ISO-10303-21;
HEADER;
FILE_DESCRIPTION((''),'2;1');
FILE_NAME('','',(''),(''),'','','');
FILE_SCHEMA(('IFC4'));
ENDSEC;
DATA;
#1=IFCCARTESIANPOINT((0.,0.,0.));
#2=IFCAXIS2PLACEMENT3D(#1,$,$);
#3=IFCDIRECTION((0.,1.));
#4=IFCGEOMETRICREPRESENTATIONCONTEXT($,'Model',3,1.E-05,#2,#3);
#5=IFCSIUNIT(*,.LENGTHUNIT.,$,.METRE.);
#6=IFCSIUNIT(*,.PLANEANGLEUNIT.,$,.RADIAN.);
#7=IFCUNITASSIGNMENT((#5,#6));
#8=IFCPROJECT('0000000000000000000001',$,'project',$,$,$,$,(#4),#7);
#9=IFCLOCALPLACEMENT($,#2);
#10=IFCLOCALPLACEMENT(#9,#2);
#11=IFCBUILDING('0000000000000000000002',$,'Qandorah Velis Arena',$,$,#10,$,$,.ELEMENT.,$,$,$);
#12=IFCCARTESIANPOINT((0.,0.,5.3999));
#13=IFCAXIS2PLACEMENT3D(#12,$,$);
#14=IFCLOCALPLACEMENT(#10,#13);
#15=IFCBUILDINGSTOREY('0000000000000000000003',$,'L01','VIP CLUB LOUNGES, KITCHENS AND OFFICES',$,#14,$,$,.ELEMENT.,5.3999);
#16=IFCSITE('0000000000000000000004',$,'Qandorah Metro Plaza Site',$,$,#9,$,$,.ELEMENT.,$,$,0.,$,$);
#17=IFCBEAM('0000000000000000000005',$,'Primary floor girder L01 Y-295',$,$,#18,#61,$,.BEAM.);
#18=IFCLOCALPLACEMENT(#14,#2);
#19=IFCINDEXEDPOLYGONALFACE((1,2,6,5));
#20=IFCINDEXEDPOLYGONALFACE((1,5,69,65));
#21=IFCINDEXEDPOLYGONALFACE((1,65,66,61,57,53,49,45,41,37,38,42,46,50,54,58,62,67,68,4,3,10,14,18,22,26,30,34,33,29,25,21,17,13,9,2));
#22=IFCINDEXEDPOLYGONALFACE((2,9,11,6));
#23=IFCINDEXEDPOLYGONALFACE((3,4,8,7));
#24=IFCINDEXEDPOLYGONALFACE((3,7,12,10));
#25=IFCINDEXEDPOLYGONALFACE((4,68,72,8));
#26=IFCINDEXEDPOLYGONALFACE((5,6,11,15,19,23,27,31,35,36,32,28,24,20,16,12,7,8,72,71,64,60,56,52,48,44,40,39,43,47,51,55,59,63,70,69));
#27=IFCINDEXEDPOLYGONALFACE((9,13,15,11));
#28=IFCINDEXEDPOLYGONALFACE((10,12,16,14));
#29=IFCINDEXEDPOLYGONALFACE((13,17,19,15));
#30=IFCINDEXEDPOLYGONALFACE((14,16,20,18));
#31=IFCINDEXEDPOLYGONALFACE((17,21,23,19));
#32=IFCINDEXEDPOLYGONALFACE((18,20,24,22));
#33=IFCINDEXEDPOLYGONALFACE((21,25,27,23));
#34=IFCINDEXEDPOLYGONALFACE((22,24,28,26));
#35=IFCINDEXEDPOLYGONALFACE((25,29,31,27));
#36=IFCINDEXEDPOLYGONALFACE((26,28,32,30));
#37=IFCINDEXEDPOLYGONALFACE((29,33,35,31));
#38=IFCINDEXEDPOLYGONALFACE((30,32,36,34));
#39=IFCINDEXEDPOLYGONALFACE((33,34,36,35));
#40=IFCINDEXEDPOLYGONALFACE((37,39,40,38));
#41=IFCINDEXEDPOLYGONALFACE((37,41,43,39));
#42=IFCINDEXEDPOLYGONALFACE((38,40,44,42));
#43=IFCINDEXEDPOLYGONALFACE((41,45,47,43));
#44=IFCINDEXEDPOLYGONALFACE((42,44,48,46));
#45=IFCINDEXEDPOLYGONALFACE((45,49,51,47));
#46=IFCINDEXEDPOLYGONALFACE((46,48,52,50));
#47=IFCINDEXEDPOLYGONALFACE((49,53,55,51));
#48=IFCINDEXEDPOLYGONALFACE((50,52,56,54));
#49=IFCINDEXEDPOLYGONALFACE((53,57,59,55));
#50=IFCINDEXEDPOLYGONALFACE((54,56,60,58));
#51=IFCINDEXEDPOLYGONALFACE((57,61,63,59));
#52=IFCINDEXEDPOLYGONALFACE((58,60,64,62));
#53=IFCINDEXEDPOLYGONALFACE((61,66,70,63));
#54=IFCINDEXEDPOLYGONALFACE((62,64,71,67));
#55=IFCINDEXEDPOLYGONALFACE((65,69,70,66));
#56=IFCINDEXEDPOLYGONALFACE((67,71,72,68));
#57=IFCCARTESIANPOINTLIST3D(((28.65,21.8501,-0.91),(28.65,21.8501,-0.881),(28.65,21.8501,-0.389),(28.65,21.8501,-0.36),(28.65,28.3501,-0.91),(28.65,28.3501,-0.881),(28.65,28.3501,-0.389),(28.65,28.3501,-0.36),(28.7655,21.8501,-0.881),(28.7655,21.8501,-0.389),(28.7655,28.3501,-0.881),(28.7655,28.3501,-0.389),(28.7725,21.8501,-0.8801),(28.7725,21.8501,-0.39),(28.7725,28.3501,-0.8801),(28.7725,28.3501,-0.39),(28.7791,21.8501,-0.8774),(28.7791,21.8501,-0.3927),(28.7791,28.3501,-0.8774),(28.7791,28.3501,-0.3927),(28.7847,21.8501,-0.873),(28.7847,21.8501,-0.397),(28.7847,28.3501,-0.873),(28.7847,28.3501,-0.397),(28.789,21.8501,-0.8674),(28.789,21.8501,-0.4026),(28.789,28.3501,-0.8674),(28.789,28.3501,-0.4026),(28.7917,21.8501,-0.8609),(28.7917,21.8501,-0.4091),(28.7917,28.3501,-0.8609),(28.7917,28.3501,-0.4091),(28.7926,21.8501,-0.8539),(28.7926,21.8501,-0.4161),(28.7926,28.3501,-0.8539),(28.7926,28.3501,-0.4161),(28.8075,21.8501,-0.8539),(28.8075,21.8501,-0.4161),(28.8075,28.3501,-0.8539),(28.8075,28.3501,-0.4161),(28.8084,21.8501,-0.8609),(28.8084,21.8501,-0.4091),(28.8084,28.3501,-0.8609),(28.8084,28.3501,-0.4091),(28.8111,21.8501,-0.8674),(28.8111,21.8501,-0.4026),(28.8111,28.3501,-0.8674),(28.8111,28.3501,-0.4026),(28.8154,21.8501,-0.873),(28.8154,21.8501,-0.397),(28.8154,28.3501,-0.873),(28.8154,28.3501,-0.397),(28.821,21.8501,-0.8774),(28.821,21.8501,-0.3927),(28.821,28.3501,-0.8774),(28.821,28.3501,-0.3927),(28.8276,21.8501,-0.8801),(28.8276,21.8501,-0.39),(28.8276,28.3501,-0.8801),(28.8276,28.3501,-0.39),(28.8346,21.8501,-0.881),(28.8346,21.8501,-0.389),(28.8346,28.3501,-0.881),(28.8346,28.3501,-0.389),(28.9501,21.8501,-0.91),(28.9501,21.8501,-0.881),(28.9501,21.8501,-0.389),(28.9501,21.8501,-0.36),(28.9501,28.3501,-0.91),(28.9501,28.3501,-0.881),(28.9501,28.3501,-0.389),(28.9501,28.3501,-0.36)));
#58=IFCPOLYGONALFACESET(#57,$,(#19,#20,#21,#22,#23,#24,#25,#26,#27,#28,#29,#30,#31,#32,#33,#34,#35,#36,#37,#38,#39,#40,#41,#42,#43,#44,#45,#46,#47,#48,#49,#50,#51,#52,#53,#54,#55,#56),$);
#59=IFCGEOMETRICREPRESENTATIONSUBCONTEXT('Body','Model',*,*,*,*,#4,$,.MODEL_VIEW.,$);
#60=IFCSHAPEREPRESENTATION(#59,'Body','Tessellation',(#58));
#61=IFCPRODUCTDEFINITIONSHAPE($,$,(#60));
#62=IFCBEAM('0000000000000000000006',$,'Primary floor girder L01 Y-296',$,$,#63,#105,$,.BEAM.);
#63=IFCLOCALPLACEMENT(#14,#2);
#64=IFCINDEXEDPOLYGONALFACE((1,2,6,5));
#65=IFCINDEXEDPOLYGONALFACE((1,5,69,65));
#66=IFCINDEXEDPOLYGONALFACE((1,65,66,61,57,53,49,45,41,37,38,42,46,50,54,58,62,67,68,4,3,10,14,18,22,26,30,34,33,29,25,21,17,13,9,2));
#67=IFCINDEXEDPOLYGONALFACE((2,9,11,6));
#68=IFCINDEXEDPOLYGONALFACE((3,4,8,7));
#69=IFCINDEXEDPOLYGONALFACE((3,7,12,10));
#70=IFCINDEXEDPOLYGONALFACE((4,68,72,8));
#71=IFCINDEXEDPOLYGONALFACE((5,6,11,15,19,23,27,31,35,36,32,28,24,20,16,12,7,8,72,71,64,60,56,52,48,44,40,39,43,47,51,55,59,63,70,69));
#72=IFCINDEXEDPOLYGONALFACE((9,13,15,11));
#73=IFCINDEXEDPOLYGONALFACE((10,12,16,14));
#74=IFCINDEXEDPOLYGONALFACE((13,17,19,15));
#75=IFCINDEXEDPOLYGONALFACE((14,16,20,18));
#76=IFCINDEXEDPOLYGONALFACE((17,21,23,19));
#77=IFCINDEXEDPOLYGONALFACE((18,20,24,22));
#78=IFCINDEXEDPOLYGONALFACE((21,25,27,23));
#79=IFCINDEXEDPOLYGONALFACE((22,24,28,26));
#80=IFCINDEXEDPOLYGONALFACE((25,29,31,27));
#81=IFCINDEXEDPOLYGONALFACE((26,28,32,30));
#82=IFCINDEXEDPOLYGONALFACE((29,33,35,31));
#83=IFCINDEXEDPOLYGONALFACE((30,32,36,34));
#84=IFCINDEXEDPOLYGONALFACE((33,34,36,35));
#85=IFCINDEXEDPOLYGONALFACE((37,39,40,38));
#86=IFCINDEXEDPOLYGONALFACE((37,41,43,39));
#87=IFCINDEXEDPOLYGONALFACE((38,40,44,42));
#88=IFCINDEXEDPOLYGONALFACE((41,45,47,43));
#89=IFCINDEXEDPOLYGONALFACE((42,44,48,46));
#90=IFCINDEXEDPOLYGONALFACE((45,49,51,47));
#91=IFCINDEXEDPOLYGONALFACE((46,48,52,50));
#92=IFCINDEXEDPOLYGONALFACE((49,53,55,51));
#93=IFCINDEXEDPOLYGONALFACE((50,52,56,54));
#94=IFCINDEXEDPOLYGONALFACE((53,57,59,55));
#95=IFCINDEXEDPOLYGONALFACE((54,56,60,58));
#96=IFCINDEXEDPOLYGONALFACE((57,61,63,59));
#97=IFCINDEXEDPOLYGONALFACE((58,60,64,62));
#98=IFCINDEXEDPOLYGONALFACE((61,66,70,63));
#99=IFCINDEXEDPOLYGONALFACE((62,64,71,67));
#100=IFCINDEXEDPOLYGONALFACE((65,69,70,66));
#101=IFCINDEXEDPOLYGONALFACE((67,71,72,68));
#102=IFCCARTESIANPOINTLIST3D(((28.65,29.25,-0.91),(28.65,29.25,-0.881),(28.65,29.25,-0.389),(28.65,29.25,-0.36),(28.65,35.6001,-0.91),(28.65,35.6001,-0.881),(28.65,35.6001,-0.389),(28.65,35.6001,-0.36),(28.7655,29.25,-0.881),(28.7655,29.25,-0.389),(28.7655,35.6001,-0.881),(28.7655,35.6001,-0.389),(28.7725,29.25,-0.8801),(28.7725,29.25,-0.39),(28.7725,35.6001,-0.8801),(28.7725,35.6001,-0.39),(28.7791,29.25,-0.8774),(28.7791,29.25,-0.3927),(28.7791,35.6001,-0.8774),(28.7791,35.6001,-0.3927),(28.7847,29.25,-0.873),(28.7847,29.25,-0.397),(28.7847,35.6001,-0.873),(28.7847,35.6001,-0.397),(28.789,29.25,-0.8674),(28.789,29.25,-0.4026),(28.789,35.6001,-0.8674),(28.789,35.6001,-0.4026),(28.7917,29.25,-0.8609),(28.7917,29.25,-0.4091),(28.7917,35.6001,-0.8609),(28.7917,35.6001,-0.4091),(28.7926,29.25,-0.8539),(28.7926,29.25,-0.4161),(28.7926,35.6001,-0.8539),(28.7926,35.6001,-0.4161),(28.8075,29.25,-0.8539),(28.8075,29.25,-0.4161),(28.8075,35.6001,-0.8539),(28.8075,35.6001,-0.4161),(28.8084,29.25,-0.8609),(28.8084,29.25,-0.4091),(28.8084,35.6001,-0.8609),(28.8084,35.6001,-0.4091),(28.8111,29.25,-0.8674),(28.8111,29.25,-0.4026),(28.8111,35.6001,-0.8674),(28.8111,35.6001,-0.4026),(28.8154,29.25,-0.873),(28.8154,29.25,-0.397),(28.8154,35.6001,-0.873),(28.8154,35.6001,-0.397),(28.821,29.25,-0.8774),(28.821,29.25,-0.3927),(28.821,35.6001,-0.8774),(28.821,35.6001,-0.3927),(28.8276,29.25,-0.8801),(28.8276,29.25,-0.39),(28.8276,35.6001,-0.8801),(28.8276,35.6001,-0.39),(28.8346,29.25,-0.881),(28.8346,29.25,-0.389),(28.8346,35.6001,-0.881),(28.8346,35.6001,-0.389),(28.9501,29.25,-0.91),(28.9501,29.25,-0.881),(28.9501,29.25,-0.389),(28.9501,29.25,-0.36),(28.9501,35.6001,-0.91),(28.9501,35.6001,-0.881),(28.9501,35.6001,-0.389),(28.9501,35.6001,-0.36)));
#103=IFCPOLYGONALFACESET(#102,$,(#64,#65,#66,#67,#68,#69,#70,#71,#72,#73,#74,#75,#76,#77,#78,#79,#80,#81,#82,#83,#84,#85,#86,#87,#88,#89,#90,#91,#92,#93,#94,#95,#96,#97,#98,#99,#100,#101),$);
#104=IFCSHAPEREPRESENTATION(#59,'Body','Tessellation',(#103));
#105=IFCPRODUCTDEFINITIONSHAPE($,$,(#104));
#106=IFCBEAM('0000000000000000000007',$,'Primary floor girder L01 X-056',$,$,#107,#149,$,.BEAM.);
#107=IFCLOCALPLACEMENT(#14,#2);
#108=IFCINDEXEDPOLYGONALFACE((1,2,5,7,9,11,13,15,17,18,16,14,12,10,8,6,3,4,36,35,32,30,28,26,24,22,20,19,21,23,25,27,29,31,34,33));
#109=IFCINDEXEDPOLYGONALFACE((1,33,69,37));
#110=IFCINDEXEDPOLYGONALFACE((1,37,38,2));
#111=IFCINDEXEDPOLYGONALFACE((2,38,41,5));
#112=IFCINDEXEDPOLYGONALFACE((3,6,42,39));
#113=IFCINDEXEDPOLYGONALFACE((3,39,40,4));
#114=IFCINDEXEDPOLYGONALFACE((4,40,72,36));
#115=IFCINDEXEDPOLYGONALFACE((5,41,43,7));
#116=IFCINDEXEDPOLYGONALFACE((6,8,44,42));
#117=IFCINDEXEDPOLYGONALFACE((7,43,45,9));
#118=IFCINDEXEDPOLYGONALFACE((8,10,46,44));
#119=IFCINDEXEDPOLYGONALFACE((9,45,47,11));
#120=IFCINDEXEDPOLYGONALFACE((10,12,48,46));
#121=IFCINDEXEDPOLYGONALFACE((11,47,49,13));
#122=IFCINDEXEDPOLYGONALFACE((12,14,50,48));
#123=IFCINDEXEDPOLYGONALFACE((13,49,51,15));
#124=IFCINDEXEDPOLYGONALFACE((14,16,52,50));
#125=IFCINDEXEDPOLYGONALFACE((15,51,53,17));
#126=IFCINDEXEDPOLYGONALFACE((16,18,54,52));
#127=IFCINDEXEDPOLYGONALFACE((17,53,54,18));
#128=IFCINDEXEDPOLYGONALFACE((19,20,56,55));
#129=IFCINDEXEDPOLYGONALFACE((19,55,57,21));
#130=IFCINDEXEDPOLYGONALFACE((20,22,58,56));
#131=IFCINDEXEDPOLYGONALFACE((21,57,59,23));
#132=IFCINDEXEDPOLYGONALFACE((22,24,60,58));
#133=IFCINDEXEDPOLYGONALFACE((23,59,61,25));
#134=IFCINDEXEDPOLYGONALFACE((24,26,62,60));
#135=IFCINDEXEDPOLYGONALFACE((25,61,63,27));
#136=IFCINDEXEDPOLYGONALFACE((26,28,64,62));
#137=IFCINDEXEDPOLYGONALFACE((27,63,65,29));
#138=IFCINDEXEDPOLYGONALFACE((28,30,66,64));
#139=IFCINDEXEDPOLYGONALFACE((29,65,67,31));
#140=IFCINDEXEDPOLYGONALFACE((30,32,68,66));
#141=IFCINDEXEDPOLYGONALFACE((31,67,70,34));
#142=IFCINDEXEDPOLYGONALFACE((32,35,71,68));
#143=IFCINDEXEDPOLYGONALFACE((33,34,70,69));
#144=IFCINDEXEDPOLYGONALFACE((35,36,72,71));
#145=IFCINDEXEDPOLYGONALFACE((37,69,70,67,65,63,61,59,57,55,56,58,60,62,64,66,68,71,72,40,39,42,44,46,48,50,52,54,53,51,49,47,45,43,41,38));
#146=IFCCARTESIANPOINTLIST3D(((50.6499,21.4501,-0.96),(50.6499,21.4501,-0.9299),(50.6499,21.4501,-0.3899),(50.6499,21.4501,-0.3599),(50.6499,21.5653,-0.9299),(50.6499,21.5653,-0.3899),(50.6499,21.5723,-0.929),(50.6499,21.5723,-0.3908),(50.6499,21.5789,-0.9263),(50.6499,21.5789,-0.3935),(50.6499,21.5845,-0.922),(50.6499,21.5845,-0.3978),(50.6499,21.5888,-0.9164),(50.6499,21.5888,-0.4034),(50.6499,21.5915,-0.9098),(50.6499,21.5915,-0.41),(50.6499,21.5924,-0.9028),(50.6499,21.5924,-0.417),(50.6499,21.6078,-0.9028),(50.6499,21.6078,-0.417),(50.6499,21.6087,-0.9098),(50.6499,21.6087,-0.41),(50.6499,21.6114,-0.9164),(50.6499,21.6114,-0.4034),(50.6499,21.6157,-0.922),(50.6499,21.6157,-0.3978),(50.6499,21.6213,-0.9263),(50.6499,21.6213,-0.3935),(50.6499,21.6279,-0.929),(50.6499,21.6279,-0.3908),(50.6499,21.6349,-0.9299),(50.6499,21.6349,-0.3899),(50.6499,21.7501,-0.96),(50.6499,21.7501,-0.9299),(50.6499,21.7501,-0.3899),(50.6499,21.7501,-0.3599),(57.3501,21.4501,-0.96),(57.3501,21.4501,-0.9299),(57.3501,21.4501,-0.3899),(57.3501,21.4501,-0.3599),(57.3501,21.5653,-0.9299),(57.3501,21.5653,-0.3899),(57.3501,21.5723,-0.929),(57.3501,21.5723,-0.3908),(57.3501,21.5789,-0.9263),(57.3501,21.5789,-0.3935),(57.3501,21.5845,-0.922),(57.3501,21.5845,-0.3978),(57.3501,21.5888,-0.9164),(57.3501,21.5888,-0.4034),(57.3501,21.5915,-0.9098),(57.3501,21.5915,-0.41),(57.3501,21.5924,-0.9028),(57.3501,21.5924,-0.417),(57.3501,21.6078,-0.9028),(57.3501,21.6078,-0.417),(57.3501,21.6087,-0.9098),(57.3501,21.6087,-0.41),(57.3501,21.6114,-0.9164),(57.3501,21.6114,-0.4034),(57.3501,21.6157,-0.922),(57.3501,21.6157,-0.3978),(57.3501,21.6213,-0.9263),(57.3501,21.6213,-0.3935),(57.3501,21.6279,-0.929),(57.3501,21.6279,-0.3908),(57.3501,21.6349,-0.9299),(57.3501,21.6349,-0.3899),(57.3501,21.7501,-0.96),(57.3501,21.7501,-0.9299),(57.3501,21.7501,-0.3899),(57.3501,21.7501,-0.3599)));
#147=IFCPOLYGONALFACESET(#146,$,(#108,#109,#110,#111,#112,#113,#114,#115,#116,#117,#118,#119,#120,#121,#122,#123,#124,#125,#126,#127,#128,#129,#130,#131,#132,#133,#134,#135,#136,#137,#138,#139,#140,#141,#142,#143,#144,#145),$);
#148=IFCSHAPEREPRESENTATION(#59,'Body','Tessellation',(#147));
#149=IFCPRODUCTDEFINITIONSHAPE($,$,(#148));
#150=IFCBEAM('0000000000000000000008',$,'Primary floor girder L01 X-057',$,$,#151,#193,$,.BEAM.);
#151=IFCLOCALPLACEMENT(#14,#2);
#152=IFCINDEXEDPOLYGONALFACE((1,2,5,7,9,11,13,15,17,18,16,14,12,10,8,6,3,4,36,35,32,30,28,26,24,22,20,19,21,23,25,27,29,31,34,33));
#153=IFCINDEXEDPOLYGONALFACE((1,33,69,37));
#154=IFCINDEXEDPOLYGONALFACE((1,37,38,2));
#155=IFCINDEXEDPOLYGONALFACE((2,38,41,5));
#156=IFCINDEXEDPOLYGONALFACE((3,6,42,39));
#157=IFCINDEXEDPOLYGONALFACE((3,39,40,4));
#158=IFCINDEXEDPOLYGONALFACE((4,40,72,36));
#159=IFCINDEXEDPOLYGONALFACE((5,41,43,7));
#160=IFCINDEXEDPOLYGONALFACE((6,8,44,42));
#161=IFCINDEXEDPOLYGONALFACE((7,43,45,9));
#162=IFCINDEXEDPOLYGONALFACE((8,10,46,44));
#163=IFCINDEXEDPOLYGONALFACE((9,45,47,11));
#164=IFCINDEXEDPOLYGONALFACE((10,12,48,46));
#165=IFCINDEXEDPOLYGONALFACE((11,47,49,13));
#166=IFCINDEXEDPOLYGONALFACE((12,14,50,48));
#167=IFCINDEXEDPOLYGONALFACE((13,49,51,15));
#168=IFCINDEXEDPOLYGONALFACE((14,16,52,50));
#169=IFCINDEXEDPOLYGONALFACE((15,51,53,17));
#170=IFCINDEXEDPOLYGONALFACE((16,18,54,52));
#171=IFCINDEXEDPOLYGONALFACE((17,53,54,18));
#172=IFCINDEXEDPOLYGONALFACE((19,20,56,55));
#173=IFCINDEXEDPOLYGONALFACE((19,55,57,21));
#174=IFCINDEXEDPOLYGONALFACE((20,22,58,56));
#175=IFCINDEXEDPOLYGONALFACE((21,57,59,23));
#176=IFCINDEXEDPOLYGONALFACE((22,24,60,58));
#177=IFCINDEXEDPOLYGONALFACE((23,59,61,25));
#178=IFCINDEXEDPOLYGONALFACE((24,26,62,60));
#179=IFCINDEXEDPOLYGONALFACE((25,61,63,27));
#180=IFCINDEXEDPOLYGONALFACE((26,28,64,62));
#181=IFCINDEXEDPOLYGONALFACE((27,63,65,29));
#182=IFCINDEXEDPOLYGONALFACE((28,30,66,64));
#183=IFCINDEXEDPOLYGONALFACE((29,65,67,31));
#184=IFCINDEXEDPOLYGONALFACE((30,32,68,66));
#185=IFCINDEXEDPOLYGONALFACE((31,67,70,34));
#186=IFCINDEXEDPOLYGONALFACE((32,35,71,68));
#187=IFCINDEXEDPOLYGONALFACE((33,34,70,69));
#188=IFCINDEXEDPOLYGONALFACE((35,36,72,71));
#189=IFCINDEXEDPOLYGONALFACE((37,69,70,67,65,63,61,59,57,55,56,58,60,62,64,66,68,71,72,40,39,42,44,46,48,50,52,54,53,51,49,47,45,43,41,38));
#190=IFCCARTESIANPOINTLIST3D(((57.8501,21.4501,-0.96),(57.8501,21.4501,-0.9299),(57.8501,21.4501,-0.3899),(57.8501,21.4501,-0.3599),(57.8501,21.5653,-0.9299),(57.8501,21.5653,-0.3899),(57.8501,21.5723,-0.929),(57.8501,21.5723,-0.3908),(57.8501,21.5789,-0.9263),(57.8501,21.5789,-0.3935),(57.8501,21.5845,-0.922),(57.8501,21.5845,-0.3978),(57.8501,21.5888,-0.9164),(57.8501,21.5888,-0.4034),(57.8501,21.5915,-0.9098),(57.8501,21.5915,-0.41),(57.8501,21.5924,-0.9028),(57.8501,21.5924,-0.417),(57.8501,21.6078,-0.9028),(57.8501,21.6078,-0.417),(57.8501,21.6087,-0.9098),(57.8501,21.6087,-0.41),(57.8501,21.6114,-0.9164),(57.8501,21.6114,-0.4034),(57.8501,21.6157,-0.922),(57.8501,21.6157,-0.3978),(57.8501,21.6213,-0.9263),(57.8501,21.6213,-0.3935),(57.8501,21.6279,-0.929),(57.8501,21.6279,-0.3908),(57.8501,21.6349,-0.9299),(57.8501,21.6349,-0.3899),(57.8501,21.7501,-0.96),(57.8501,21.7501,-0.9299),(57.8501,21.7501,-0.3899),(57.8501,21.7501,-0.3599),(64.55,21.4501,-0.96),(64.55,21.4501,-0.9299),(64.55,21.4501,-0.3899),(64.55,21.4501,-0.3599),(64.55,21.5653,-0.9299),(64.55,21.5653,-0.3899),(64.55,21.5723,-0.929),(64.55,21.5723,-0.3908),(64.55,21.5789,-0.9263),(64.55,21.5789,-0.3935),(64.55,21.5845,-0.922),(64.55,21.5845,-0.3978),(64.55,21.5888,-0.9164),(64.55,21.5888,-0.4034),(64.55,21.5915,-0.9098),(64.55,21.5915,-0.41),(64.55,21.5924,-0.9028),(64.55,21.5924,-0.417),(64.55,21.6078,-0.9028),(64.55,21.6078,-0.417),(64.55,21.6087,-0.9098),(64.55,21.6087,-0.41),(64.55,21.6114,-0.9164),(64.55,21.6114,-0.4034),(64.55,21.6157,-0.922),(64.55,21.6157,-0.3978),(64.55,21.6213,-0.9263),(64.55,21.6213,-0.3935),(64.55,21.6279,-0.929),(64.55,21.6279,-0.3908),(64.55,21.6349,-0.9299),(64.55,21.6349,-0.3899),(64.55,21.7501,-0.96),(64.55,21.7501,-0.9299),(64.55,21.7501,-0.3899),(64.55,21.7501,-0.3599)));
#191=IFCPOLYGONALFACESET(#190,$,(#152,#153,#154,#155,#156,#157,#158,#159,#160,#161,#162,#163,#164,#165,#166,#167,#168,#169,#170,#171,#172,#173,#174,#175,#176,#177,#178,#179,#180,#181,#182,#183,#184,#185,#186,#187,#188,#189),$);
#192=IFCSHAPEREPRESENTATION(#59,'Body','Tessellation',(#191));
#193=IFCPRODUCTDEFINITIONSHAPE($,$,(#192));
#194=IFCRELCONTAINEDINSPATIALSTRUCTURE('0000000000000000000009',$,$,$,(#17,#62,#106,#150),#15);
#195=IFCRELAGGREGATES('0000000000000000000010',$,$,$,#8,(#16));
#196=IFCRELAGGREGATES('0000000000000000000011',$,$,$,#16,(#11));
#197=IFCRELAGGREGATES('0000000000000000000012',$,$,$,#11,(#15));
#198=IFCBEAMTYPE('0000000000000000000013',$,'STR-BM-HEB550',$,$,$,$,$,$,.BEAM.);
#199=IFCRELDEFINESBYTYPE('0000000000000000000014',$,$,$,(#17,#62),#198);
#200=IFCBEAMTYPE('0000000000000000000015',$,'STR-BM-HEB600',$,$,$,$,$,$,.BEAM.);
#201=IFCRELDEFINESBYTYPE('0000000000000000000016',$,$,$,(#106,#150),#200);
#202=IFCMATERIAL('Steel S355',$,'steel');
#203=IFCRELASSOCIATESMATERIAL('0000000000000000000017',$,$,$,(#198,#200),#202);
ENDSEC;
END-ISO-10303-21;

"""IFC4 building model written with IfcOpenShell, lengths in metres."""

from ifc_helpers import new_model, si_unit, direction, frame, origin, origin_2d, place, context, subcontext, project, spatial, i_section, extrude, material, material_profile, profile_set, type_object, element, save


model = new_model("IFC4")

# Units and contexts
model_context = context("Model", 3, precision=1e-05, world=origin(), true_north=direction((0.0, 1.0)))
body_context = subcontext(model_context, "Body", "Model", "MODEL_VIEW")
ifc_project = project(units=[si_unit("LENGTHUNIT", "METRE"), si_unit("PLANEANGLEUNIT", "RADIAN")], contexts=[model_context])

# Site, building, storey
site_placement = place(None, origin())
site = spatial("IfcSite", under=ifc_project, at=site_placement, Name="Qandorah Metro Plaza Site", CompositionType="ELEMENT", RefElevation=0.0)
building_placement = place(site_placement, origin())
building = spatial("IfcBuilding", under=site, at=building_placement, Name="Qandorah Velis Arena", CompositionType="ELEMENT")
storey_placement = place(building_placement, frame((0.0, 0.0, 5.3999)))
storey = spatial("IfcBuildingStorey", under=building, at=storey_placement, Name="L01", Description="VIP CLUB LOUNGES, KITCHENS AND OFFICES", CompositionType="ELEMENT", Elevation=5.3999)

# Beams
ifc_material_1 = material(Name="Steel S355", Category="steel")
ifc_material_profile_1 = material_profile(ifc_material_1, i_section(OverallWidth=0.3, OverallDepth=0.55, WebThickness=0.0149, FlangeThickness=0.0291, FilletRadius=0.0271, at=origin_2d()), Name="HEB 550")
ifc_profile_set_1 = profile_set([ifc_material_profile_1], Name="Steel S355")
beam_type_1 = type_object("IfcBeamType", Name="STR-BM-HEB550", PredefinedType="BEAM", material=ifc_profile_set_1)
beam_1_placement = place(storey_placement, frame((28.8, 21.8501, -0.635), z_axis=(0.0, 1.0, 0.0), x_axis=(-1.0, 0.0, 0.0)))
element("IfcBeam", 1, at=beam_1_placement, inside=storey, type_object=beam_type_1, Name="Primary floor girder L01 Y-295", PredefinedType="BEAM", context=body_context, shape_type="SweptSolid", body=[
    extrude(i_section(OverallWidth=0.3, OverallDepth=0.55, WebThickness=0.0149, FlangeThickness=0.0291, FilletRadius=0.0271, at=origin_2d()), origin(), (0.0, 0.0, 1.0), 6.5),
])
beam_2_placement = place(storey_placement, frame((28.8, 29.25, -0.635), z_axis=(0.0, 1.0, 0.0), x_axis=(-1.0, 0.0, 0.0)))
element("IfcBeam", 2, at=beam_2_placement, inside=storey, type_object=beam_type_1, Name="Primary floor girder L01 Y-296", PredefinedType="BEAM", context=body_context, shape_type="SweptSolid", body=[
    extrude(i_section(OverallWidth=0.3, OverallDepth=0.55, WebThickness=0.0149, FlangeThickness=0.0291, FilletRadius=0.0271, at=origin_2d()), origin(), (0.0, 0.0, 1.0), 6.3501),
])
ifc_material_profile_2 = material_profile(ifc_material_1, i_section(OverallWidth=0.3, OverallDepth=0.6001, WebThickness=0.0154, FlangeThickness=0.03, FilletRadius=0.0271, at=origin_2d()), Name="HEB 600")
ifc_profile_set_2 = profile_set([ifc_material_profile_2], Name="Steel S355")
beam_type_2 = type_object("IfcBeamType", Name="STR-BM-HEB600", PredefinedType="BEAM", material=ifc_profile_set_2)
beam_3_placement = place(storey_placement, frame((50.6499, 21.6001, -0.6599), z_axis=(1.0, 0.0, 0.0), x_axis=(0.0, 1.0, 0.0)))
element("IfcBeam", 3, at=beam_3_placement, inside=storey, type_object=beam_type_2, Name="Primary floor girder L01 X-056", PredefinedType="BEAM", context=body_context, shape_type="SweptSolid", body=[
    extrude(i_section(OverallWidth=0.3, OverallDepth=0.6001, WebThickness=0.0154, FlangeThickness=0.03, FilletRadius=0.0271, at=origin_2d()), origin(), (0.0, 0.0, 1.0), 6.7002),
])
for number, where, z_axis, x_axis, name in (
    (4, (57.8501, 21.6001, -0.6599), (1.0, 0.0, 0.0), (0.0, 1.0, 0.0), "Primary floor girder L01 X-057"),
):
    element("IfcBeam", number, at=place(storey_placement, frame(where, z_axis=z_axis, x_axis=x_axis)), inside=storey, type_object=beam_type_2, Name=name, PredefinedType="BEAM", context=body_context, shape_type="SweptSolid", body=[
        extrude(i_section(OverallWidth=0.3, OverallDepth=0.6001, WebThickness=0.0154, FlangeThickness=0.03, FilletRadius=0.0271, at=origin_2d()), origin(), (0.0, 0.0, 1.0), 6.7),
    ])

save(model, "model.ifc")
